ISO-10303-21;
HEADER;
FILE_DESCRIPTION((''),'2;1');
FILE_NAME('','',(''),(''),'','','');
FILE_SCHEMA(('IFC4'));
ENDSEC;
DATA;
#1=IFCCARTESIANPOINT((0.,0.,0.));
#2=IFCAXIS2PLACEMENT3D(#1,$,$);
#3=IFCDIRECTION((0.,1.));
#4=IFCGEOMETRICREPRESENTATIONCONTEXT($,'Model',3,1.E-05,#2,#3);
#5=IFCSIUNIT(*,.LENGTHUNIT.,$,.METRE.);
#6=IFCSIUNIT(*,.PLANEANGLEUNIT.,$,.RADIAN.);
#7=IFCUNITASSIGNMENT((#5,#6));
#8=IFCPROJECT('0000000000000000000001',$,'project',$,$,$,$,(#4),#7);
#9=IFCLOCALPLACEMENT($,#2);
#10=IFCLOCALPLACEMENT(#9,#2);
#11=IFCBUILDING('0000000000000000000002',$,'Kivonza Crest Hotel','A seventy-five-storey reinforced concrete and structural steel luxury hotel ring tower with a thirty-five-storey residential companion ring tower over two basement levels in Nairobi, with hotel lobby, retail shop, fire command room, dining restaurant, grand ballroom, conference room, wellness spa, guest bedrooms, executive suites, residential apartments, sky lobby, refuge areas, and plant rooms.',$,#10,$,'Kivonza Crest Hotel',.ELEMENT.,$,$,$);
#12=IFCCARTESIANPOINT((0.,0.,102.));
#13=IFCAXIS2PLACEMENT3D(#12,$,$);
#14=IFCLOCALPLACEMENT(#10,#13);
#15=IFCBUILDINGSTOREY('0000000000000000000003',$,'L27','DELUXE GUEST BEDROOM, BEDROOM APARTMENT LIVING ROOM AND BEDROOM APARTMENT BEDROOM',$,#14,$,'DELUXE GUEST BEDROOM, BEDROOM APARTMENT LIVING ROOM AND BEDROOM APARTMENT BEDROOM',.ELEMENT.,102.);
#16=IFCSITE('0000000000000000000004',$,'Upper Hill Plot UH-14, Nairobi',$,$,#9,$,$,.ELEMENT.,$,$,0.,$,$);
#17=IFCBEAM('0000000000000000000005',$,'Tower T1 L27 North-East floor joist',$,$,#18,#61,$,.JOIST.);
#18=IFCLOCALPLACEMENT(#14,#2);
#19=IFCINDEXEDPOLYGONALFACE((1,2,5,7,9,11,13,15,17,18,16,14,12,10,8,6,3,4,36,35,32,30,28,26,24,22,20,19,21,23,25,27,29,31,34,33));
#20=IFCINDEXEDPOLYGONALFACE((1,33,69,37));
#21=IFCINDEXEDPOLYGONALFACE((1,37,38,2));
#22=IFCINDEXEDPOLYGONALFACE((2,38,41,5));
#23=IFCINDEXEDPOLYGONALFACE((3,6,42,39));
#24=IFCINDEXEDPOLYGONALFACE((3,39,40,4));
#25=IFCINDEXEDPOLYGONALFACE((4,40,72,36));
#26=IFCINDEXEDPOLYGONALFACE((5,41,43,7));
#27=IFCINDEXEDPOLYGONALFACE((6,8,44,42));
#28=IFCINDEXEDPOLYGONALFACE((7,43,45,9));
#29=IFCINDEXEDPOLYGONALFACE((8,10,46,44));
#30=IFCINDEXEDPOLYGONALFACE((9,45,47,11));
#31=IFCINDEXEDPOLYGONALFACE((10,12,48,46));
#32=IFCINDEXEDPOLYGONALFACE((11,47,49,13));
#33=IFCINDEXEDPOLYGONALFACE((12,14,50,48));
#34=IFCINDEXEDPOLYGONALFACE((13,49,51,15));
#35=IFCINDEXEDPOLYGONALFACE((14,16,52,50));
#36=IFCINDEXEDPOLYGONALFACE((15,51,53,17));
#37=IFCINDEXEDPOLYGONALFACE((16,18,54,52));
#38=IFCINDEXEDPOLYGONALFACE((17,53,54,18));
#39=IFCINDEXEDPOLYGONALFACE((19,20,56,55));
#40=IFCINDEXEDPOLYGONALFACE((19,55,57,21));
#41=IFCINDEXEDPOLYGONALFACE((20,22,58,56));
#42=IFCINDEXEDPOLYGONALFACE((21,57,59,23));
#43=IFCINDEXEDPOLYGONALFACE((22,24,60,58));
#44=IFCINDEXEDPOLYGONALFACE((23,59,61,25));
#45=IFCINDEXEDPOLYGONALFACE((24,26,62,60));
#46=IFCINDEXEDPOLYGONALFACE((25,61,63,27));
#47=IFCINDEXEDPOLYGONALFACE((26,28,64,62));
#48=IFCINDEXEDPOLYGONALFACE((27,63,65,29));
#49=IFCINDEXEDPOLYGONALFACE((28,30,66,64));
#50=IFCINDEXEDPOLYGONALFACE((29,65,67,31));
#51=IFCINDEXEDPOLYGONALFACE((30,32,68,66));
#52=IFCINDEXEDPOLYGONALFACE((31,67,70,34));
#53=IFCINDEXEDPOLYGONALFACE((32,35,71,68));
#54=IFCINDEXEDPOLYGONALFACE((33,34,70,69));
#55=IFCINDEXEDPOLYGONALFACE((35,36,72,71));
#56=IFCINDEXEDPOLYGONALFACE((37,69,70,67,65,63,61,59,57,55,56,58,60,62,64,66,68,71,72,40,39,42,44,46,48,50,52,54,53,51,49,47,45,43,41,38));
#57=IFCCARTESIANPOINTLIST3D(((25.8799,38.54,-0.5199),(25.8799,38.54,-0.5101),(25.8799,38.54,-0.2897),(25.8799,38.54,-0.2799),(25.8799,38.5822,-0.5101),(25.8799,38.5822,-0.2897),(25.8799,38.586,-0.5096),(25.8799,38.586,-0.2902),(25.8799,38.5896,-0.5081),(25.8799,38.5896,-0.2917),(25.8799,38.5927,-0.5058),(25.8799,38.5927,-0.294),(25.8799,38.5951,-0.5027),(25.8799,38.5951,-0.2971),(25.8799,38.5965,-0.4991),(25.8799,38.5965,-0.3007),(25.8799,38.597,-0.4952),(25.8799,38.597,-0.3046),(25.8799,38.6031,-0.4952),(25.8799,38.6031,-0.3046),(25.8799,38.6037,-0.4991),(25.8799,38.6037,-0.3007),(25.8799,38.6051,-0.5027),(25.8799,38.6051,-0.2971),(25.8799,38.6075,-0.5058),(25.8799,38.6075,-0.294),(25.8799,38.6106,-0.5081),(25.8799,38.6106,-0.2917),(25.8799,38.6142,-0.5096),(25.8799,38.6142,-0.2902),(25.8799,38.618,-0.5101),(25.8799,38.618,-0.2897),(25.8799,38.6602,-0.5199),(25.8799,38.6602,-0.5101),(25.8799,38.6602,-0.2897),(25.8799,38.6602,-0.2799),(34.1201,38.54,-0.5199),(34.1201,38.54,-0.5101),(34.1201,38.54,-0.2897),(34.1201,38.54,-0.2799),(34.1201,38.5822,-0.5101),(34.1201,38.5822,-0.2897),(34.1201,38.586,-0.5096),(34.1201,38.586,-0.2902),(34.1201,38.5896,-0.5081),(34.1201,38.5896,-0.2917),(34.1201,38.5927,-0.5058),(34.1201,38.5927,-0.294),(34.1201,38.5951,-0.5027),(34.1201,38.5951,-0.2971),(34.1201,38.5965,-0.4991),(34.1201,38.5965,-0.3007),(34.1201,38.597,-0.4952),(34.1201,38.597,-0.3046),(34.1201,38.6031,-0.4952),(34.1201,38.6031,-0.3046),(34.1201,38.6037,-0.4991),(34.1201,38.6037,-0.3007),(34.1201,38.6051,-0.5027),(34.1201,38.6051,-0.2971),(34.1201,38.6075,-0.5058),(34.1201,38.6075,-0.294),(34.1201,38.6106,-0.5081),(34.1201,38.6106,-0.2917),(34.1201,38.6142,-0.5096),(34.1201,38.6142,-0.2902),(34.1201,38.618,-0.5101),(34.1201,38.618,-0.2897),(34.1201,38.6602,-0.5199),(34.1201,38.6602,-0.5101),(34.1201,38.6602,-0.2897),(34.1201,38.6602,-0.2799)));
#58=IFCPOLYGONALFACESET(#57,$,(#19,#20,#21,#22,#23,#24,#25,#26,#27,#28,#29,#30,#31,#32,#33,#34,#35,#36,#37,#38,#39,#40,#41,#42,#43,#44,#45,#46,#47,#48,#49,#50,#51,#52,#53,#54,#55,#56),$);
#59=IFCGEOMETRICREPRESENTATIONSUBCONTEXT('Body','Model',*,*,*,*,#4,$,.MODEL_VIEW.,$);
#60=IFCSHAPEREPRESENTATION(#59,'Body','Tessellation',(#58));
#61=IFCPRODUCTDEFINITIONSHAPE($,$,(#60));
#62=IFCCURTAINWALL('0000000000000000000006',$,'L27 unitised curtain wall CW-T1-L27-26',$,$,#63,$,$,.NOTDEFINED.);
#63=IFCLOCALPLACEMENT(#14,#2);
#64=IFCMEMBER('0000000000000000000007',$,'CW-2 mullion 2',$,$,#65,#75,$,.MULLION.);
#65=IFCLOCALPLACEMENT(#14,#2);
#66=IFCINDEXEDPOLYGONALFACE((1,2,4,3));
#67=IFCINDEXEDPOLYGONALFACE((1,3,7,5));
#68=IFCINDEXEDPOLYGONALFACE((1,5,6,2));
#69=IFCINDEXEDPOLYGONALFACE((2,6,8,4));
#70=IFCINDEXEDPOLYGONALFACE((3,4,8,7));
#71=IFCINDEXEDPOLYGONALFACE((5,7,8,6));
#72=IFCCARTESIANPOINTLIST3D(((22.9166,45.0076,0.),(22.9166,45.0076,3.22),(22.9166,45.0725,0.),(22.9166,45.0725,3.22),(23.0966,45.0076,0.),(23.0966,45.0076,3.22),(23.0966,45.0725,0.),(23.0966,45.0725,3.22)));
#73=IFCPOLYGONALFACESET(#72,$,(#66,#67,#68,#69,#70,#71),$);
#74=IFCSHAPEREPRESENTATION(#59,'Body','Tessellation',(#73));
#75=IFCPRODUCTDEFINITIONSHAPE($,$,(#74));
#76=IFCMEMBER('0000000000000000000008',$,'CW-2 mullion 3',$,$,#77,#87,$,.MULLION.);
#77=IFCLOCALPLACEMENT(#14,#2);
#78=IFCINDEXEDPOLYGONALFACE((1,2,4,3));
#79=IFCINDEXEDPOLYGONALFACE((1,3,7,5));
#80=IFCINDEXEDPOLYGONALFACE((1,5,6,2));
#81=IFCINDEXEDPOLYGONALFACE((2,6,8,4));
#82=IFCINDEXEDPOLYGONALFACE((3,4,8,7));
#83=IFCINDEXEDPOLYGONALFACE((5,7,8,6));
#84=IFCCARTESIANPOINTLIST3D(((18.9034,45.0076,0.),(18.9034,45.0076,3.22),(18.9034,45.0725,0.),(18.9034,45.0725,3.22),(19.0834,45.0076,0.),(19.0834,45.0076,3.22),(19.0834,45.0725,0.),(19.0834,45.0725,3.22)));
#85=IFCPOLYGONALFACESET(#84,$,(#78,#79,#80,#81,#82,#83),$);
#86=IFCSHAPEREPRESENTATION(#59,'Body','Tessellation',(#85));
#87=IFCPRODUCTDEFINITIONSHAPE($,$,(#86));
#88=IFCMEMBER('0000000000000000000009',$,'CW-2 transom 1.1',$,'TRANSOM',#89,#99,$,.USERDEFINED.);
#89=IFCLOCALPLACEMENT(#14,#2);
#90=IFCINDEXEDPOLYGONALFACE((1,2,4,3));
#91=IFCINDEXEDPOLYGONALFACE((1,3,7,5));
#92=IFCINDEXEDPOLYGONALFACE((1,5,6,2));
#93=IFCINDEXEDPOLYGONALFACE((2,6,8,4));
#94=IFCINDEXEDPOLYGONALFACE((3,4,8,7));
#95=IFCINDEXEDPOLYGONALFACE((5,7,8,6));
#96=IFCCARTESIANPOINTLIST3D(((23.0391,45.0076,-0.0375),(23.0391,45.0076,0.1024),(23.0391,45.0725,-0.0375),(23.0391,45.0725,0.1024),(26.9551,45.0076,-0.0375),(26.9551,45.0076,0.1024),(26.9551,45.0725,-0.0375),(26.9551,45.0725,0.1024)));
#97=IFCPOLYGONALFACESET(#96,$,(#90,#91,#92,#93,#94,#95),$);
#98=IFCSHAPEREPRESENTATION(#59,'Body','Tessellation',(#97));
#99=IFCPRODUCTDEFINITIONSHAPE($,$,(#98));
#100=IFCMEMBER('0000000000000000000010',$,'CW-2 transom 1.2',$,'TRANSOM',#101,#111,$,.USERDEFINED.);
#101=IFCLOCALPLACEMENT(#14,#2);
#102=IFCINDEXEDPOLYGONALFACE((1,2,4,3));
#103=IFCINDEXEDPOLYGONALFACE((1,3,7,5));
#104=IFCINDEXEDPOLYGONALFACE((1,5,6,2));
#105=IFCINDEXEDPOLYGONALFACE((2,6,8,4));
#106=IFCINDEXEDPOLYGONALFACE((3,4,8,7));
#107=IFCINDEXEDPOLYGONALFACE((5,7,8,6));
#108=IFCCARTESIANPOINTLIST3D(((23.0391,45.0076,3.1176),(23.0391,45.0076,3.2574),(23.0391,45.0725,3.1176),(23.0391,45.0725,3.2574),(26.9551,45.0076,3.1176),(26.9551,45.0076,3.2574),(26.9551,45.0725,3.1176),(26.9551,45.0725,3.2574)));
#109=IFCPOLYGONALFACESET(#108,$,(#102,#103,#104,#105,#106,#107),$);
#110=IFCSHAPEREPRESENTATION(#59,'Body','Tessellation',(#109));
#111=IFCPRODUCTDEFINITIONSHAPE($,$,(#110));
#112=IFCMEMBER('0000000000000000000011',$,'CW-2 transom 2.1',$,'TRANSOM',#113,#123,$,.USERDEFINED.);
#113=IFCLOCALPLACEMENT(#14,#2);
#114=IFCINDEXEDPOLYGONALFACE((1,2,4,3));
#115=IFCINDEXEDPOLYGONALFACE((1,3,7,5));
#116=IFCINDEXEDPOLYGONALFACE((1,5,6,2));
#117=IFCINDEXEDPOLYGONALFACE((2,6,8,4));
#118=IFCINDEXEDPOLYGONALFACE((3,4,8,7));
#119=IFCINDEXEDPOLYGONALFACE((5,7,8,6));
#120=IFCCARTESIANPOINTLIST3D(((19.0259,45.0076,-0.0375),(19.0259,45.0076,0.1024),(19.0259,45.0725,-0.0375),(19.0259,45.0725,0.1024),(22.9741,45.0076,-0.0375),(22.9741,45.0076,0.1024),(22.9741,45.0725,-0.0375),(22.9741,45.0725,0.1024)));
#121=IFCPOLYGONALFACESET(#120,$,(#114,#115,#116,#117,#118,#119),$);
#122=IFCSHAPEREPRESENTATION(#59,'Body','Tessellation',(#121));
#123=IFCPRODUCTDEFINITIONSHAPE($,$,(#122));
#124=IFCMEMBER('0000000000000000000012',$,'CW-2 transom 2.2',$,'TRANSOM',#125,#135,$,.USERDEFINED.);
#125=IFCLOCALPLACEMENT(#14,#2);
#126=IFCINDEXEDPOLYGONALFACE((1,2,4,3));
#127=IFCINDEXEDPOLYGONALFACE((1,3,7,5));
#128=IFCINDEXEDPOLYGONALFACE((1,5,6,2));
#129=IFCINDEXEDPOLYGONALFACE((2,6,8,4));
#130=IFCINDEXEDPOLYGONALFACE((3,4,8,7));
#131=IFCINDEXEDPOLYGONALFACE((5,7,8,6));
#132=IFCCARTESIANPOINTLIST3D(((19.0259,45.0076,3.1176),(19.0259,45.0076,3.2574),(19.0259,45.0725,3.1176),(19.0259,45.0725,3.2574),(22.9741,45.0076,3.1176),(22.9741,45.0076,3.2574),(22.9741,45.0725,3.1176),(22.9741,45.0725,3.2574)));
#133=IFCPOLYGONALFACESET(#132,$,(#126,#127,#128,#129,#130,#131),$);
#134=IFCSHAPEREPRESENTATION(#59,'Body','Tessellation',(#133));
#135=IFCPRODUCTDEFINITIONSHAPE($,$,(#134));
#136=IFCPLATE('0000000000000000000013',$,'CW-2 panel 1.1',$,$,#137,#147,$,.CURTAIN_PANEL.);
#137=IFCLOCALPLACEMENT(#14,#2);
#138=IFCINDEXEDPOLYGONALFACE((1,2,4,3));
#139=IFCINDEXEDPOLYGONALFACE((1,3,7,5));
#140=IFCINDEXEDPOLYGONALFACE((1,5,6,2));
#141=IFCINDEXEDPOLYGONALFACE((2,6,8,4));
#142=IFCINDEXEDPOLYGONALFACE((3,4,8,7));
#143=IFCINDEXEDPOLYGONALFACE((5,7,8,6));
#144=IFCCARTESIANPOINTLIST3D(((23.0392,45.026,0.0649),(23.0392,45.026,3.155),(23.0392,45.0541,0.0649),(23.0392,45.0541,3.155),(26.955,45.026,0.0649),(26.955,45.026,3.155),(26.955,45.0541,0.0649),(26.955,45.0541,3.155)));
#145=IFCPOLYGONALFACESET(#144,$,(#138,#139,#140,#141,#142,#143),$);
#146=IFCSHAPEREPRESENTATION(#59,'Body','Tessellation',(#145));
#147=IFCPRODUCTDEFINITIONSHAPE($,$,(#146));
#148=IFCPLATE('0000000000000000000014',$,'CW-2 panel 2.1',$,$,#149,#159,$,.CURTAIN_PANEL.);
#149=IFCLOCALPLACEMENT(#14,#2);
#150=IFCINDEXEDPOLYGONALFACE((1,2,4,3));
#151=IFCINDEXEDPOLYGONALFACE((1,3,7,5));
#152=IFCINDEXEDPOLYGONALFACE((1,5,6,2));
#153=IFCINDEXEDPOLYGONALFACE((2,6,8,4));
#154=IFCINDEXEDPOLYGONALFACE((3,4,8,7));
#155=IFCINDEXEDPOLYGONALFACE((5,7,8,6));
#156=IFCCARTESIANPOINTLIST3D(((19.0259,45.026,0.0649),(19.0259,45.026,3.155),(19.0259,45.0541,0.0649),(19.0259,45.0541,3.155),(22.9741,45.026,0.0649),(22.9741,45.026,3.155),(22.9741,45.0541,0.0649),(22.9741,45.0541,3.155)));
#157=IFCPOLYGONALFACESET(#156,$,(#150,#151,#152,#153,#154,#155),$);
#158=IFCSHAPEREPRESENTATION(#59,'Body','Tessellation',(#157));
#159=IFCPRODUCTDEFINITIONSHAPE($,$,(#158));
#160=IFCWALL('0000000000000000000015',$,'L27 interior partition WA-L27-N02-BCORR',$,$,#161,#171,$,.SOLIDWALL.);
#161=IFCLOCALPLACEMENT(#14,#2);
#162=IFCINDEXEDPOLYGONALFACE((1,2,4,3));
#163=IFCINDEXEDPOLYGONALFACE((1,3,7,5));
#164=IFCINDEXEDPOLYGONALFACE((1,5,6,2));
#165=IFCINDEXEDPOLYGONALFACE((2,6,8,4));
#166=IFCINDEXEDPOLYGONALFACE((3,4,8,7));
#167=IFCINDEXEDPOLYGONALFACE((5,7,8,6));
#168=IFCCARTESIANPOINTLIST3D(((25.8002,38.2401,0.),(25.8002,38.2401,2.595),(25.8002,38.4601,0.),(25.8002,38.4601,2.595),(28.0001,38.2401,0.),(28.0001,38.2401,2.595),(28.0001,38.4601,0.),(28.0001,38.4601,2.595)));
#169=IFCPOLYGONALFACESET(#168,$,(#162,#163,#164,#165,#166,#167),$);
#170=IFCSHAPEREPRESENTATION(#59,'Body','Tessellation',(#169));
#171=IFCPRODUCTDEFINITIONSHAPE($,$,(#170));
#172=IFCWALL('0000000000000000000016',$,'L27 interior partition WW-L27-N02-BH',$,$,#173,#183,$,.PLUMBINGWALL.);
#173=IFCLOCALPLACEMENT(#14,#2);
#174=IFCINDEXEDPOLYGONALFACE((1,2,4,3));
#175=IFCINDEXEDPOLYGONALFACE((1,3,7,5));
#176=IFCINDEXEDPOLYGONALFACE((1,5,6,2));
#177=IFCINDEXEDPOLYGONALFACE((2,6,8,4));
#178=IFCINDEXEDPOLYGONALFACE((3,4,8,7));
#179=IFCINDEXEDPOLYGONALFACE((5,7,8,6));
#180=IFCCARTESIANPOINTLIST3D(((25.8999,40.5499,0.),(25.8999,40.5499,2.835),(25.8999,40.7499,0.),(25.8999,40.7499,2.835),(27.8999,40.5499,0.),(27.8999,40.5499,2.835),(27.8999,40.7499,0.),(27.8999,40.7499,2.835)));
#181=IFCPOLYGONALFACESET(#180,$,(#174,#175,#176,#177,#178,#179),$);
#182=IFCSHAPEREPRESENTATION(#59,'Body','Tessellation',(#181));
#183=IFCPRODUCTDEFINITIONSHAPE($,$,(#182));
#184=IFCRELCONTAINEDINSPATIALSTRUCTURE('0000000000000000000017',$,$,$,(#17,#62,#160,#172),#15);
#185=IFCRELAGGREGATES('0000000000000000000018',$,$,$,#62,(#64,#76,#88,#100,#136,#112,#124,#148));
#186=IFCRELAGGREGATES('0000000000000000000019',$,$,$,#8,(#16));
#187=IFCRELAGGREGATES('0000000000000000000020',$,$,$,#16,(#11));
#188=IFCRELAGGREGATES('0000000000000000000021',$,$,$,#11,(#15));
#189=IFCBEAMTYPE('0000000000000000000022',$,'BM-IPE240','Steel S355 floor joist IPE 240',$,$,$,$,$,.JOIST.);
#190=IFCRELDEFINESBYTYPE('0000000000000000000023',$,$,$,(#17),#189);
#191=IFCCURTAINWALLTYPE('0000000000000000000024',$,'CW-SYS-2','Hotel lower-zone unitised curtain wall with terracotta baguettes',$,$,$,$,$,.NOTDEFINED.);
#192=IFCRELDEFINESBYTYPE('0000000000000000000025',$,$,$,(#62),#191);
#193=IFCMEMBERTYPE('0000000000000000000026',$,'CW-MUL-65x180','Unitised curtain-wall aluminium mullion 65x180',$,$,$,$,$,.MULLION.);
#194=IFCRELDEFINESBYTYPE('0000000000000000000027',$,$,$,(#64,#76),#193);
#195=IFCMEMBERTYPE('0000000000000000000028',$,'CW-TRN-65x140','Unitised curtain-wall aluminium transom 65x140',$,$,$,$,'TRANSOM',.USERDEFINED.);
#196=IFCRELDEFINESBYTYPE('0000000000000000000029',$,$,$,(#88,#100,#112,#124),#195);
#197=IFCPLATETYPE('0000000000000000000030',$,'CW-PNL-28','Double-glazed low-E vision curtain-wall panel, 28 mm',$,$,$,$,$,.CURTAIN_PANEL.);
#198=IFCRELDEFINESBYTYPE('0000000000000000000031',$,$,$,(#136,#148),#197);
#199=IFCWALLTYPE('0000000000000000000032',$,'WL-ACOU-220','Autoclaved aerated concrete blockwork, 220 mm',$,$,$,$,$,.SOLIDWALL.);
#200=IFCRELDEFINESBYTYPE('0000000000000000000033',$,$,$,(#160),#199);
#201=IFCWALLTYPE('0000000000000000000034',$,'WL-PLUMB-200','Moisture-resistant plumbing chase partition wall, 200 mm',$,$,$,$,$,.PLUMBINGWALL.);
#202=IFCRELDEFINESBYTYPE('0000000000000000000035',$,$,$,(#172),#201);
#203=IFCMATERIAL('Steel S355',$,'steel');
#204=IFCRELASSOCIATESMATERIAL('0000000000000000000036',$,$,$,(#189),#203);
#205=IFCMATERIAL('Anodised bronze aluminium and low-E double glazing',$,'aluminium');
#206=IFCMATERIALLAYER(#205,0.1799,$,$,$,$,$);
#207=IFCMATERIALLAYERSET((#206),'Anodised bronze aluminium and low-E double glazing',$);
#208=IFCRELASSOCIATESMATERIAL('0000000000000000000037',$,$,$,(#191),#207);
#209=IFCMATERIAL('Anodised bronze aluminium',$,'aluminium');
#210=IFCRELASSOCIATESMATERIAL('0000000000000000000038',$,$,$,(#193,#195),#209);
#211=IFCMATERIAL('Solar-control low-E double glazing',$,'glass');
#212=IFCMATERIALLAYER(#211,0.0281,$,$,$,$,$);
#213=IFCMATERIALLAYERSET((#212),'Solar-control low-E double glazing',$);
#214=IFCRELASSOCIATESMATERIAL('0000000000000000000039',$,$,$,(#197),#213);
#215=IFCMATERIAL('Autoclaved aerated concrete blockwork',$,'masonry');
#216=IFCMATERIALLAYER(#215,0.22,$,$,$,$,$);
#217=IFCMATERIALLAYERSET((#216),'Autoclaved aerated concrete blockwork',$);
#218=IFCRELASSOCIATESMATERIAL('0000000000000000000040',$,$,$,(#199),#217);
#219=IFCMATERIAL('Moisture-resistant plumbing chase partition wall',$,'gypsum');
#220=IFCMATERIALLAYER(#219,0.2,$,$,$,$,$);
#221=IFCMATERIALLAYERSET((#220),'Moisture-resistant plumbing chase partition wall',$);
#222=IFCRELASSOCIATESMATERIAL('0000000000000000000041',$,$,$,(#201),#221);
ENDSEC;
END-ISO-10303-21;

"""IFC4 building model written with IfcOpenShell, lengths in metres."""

from ifc_helpers import new_model, si_unit, direction, frame, frame_2d, origin, origin_2d, place, context, subcontext, project, spatial, rectangle, i_section, extrude, material, layer, layer_set, material_profile, profile_set, type_object, element, aggregate, save


model = new_model("IFC4")

# Units and contexts
model_context = context("Model", 3, precision=1e-05, world=origin(), true_north=direction((0.0, 1.0)))
body_context = subcontext(model_context, "Body", "Model", "MODEL_VIEW")
ifc_project = project(units=[si_unit("LENGTHUNIT", "METRE"), si_unit("PLANEANGLEUNIT", "RADIAN")], contexts=[model_context])

# Site, building, storey
site_placement = place(None, origin())
site = spatial("IfcSite", under=ifc_project, at=site_placement, Name="Upper Hill Plot UH-14, Nairobi", CompositionType="ELEMENT", RefElevation=0.0)
building_placement = place(site_placement, origin())
building = spatial("IfcBuilding", under=site, at=building_placement, Name="Kivonza Crest Hotel", Description="A seventy-five-storey reinforced concrete and structural steel luxury hotel ring tower with a thirty-five-storey residential companion ring tower over two basement levels in Nairobi, with hotel lobby, retail shop, fire command room, dining restaurant, grand ballroom, conference room, wellness spa, guest bedrooms, executive suites, residential apartments, sky lobby, refuge areas, and plant rooms.", LongName="Kivonza Crest Hotel", CompositionType="ELEMENT")
storey_placement = place(building_placement, frame((0.0, 0.0, 102.0)))
storey = spatial("IfcBuildingStorey", under=building, at=storey_placement, Name="L27", Description="DELUXE GUEST BEDROOM, BEDROOM APARTMENT LIVING ROOM AND BEDROOM APARTMENT BEDROOM", LongName="DELUXE GUEST BEDROOM, BEDROOM APARTMENT LIVING ROOM AND BEDROOM APARTMENT BEDROOM", CompositionType="ELEMENT", Elevation=102.0)

# Beam
ifc_material_1 = material(Name="Steel S355", Category="steel")
ifc_material_profile_1 = material_profile(ifc_material_1, i_section(OverallWidth=0.1201, OverallDepth=0.24, WebThickness=0.0061, FlangeThickness=0.0098, FilletRadius=0.0149, at=origin_2d()), Name="IPE 240")
ifc_profile_set_1 = profile_set([ifc_material_profile_1], Name="Steel S355")
beam_type_1 = type_object("IfcBeamType", Name="BM-IPE240", Description="Steel S355 floor joist IPE 240", PredefinedType="JOIST", material=ifc_profile_set_1)
beam_1_placement = place(storey_placement, frame((25.8799, 38.6001, -0.3999), z_axis=(1.0, 0.0, 0.0), x_axis=(0.0, 1.0, 0.0)))
element("IfcBeam", 1, at=beam_1_placement, inside=storey, type_object=beam_type_1, Name="Tower T1 L27 North-East floor joist", PredefinedType="JOIST", context=body_context, shape_type="SweptSolid", body=[
    extrude(i_section(OverallWidth=0.1201, OverallDepth=0.24, WebThickness=0.0061, FlangeThickness=0.0098, FilletRadius=0.0149, at=origin_2d()), origin(), (0.0, 0.0, 1.0), 8.2402),
])

# Curtain wall, members, plates
ifc_material_2 = material(Name="Anodised bronze aluminium and low-E double glazing", Category="aluminium")
ifc_layer_1 = layer(ifc_material_2, 0.1799)
ifc_layer_set_1 = layer_set([ifc_layer_1], Name="Anodised bronze aluminium and low-E double glazing")
curtain_wall_type = type_object("IfcCurtainWallType", Name="CW-SYS-2", Description="Hotel lower-zone unitised curtain wall with terracotta baguettes", PredefinedType="NOTDEFINED", material=ifc_layer_set_1)
curtain_wall_placement = place(storey_placement, origin())
curtain_wall = element("IfcCurtainWall", 2, at=curtain_wall_placement, inside=storey, type_object=curtain_wall_type, Name="L27 unitised curtain wall CW-T1-L27-26", PredefinedType="NOTDEFINED")
ifc_material_3 = material(Name="Anodised bronze aluminium", Category="aluminium")
ifc_material_profile_2 = material_profile(ifc_material_3, rectangle(XDim=0.0649, YDim=0.1799, at=origin_2d()), Name="CW-M 65x180")
ifc_profile_set_2 = profile_set([ifc_material_profile_2], Name="Anodised bronze aluminium")
member_type_1 = type_object("IfcMemberType", Name="CW-MUL-65x180", Description="Unitised curtain-wall aluminium mullion 65x180", PredefinedType="MULLION", material=ifc_profile_set_2)
member_1_placement = place(storey_placement, frame((23.0066, 45.04, 0.0), z_axis=(0.0, 0.0, 1.0), x_axis=(0.0, -1.0, 0.0)))
member_1 = element("IfcMember", 3, at=member_1_placement, type_object=member_type_1, Name="CW-2 mullion 2", PredefinedType="MULLION", context=body_context, shape_type="SweptSolid", body=[
    extrude(rectangle(XDim=0.0649, YDim=0.1799, at=origin_2d()), origin(), (0.0, 0.0, 1.0), 3.22),
])
member_2_placement = place(storey_placement, frame((18.9934, 45.04, 0.0), z_axis=(0.0, 0.0, 1.0), x_axis=(0.0, -1.0, 0.0)))
member_2 = element("IfcMember", 4, at=member_2_placement, type_object=member_type_1, Name="CW-2 mullion 3", PredefinedType="MULLION", context=body_context, shape_type="SweptSolid", body=[
    extrude(rectangle(XDim=0.0649, YDim=0.1799, at=origin_2d()), origin(), (0.0, 0.0, 1.0), 3.22),
])
ifc_material_profile_3 = material_profile(ifc_material_3, rectangle(XDim=0.0649, YDim=0.1399, at=origin_2d()), Name="CW-T 65x140")
ifc_profile_set_3 = profile_set([ifc_material_profile_3], Name="Anodised bronze aluminium")
member_type_2 = type_object("IfcMemberType", Name="CW-TRN-65x140", Description="Unitised curtain-wall aluminium transom 65x140", ElementType="TRANSOM", PredefinedType="USERDEFINED", material=ifc_profile_set_3)
member_3_placement = place(storey_placement, frame((26.9551, 45.04, 0.0325), z_axis=(-1.0, 0.0, 0.0), x_axis=(0.0, -1.0, 0.0)))
member_3 = element("IfcMember", 5, at=member_3_placement, type_object=member_type_2, Name="CW-2 transom 1.1", ObjectType="TRANSOM", PredefinedType="USERDEFINED", context=body_context, shape_type="SweptSolid", body=[
    extrude(rectangle(XDim=0.0649, YDim=0.1399, at=origin_2d()), origin(), (0.0, 0.0, 1.0), 3.916),
])
member_4_placement = place(storey_placement, frame((26.9551, 45.04, 3.1875), z_axis=(-1.0, 0.0, 0.0), x_axis=(0.0, -1.0, 0.0)))
member_4 = element("IfcMember", 6, at=member_4_placement, type_object=member_type_2, Name="CW-2 transom 1.2", ObjectType="TRANSOM", PredefinedType="USERDEFINED", context=body_context, shape_type="SweptSolid", body=[
    extrude(rectangle(XDim=0.0649, YDim=0.1399, at=origin_2d()), origin(), (0.0, 0.0, 1.0), 3.916),
])
member_5_placement = place(storey_placement, frame((22.9741, 45.04, 0.0325), z_axis=(-1.0, 0.0, 0.0), x_axis=(0.0, -1.0, 0.0)))
member_5 = element("IfcMember", 7, at=member_5_placement, type_object=member_type_2, Name="CW-2 transom 2.1", ObjectType="TRANSOM", PredefinedType="USERDEFINED", context=body_context, shape_type="SweptSolid", body=[
    extrude(rectangle(XDim=0.0649, YDim=0.1399, at=origin_2d()), origin(), (0.0, 0.0, 1.0), 3.9482),
])
member_6_placement = place(storey_placement, frame((22.9741, 45.04, 3.1875), z_axis=(-1.0, 0.0, 0.0), x_axis=(0.0, -1.0, 0.0)))
member_6 = element("IfcMember", 8, at=member_6_placement, type_object=member_type_2, Name="CW-2 transom 2.2", ObjectType="TRANSOM", PredefinedType="USERDEFINED", context=body_context, shape_type="SweptSolid", body=[
    extrude(rectangle(XDim=0.0649, YDim=0.1399, at=origin_2d()), origin(), (0.0, 0.0, 1.0), 3.9482),
])
ifc_material_4 = material(Name="Solar-control low-E double glazing", Category="glass")
ifc_layer_2 = layer(ifc_material_4, 0.0281)
ifc_layer_set_2 = layer_set([ifc_layer_2], Name="Solar-control low-E double glazing")
plate_type = type_object("IfcPlateType", Name="CW-PNL-28", Description="Double-glazed low-E vision curtain-wall panel, 28 mm", PredefinedType="CURTAIN_PANEL", material=ifc_layer_set_2)
plate_1_placement = place(storey_placement, frame((24.9971, 45.04, 0.0649), z_axis=(0.0, 0.0, 1.0), x_axis=(-1.0, 0.0, 0.0)))
plate_1 = element("IfcPlate", 9, at=plate_1_placement, type_object=plate_type, Name="CW-2 panel 1.1", PredefinedType="CURTAIN_PANEL", context=body_context, shape_type="SweptSolid", body=[
    extrude(rectangle(XDim=3.9158, YDim=0.0281, at=origin_2d()), origin(), (0.0, 0.0, 1.0), 3.0901),
])
plate_2_placement = place(storey_placement, frame((21.0, 45.04, 0.0649), z_axis=(0.0, 0.0, 1.0), x_axis=(-1.0, 0.0, 0.0)))
plate_2 = element("IfcPlate", 10, at=plate_2_placement, type_object=plate_type, Name="CW-2 panel 2.1", PredefinedType="CURTAIN_PANEL", context=body_context, shape_type="SweptSolid", body=[
    extrude(rectangle(XDim=3.9482, YDim=0.0281, at=origin_2d()), origin(), (0.0, 0.0, 1.0), 3.0901),
])
aggregate(curtain_wall, [member_1, member_2, member_3, member_4, plate_1, member_5, member_6, plate_2])

# Walls
ifc_material_5 = material(Name="Autoclaved aerated concrete blockwork", Category="masonry")
ifc_layer_3 = layer(ifc_material_5, 0.22)
ifc_layer_set_3 = layer_set([ifc_layer_3], Name="Autoclaved aerated concrete blockwork")
wall_type_1 = type_object("IfcWallType", Name="WL-ACOU-220", Description="Autoclaved aerated concrete blockwork, 220 mm", PredefinedType="SOLIDWALL", material=ifc_layer_set_3)
wall_1_placement = place(storey_placement, frame((25.8, 38.3501, 0.0), z_axis=(0.0, 0.0, 1.0), x_axis=(1.0, 0.0, 0.0)))
element("IfcWall", 11, at=wall_1_placement, inside=storey, type_object=wall_type_1, Name="L27 interior partition WA-L27-N02-BCORR", PredefinedType="SOLIDWALL", context=body_context, shape_type="SweptSolid", body=[
    extrude(rectangle(XDim=2.2, YDim=0.22, at=frame_2d((1.1001, 0.0))), origin(), (0.0, 0.0, 1.0), 2.595),
])
ifc_material_6 = material(Name="Moisture-resistant plumbing chase partition wall", Category="gypsum")
ifc_layer_4 = layer(ifc_material_6, 0.2)
ifc_layer_set_4 = layer_set([ifc_layer_4], Name="Moisture-resistant plumbing chase partition wall")
wall_type_2 = type_object("IfcWallType", Name="WL-PLUMB-200", Description="Moisture-resistant plumbing chase partition wall, 200 mm", PredefinedType="PLUMBINGWALL", material=ifc_layer_set_4)
wall_2_placement = place(storey_placement, frame((25.8999, 40.6499, 0.0), z_axis=(0.0, 0.0, 1.0), x_axis=(1.0, 0.0, 0.0)))
element("IfcWall", 12, at=wall_2_placement, inside=storey, type_object=wall_type_2, Name="L27 interior partition WW-L27-N02-BH", PredefinedType="PLUMBINGWALL", context=body_context, shape_type="SweptSolid", body=[
    extrude(rectangle(XDim=2.0, YDim=0.2, at=frame_2d((1.0, 0.0))), origin(), (0.0, 0.0, 1.0), 2.835),
])

save(model, "model.ifc")
